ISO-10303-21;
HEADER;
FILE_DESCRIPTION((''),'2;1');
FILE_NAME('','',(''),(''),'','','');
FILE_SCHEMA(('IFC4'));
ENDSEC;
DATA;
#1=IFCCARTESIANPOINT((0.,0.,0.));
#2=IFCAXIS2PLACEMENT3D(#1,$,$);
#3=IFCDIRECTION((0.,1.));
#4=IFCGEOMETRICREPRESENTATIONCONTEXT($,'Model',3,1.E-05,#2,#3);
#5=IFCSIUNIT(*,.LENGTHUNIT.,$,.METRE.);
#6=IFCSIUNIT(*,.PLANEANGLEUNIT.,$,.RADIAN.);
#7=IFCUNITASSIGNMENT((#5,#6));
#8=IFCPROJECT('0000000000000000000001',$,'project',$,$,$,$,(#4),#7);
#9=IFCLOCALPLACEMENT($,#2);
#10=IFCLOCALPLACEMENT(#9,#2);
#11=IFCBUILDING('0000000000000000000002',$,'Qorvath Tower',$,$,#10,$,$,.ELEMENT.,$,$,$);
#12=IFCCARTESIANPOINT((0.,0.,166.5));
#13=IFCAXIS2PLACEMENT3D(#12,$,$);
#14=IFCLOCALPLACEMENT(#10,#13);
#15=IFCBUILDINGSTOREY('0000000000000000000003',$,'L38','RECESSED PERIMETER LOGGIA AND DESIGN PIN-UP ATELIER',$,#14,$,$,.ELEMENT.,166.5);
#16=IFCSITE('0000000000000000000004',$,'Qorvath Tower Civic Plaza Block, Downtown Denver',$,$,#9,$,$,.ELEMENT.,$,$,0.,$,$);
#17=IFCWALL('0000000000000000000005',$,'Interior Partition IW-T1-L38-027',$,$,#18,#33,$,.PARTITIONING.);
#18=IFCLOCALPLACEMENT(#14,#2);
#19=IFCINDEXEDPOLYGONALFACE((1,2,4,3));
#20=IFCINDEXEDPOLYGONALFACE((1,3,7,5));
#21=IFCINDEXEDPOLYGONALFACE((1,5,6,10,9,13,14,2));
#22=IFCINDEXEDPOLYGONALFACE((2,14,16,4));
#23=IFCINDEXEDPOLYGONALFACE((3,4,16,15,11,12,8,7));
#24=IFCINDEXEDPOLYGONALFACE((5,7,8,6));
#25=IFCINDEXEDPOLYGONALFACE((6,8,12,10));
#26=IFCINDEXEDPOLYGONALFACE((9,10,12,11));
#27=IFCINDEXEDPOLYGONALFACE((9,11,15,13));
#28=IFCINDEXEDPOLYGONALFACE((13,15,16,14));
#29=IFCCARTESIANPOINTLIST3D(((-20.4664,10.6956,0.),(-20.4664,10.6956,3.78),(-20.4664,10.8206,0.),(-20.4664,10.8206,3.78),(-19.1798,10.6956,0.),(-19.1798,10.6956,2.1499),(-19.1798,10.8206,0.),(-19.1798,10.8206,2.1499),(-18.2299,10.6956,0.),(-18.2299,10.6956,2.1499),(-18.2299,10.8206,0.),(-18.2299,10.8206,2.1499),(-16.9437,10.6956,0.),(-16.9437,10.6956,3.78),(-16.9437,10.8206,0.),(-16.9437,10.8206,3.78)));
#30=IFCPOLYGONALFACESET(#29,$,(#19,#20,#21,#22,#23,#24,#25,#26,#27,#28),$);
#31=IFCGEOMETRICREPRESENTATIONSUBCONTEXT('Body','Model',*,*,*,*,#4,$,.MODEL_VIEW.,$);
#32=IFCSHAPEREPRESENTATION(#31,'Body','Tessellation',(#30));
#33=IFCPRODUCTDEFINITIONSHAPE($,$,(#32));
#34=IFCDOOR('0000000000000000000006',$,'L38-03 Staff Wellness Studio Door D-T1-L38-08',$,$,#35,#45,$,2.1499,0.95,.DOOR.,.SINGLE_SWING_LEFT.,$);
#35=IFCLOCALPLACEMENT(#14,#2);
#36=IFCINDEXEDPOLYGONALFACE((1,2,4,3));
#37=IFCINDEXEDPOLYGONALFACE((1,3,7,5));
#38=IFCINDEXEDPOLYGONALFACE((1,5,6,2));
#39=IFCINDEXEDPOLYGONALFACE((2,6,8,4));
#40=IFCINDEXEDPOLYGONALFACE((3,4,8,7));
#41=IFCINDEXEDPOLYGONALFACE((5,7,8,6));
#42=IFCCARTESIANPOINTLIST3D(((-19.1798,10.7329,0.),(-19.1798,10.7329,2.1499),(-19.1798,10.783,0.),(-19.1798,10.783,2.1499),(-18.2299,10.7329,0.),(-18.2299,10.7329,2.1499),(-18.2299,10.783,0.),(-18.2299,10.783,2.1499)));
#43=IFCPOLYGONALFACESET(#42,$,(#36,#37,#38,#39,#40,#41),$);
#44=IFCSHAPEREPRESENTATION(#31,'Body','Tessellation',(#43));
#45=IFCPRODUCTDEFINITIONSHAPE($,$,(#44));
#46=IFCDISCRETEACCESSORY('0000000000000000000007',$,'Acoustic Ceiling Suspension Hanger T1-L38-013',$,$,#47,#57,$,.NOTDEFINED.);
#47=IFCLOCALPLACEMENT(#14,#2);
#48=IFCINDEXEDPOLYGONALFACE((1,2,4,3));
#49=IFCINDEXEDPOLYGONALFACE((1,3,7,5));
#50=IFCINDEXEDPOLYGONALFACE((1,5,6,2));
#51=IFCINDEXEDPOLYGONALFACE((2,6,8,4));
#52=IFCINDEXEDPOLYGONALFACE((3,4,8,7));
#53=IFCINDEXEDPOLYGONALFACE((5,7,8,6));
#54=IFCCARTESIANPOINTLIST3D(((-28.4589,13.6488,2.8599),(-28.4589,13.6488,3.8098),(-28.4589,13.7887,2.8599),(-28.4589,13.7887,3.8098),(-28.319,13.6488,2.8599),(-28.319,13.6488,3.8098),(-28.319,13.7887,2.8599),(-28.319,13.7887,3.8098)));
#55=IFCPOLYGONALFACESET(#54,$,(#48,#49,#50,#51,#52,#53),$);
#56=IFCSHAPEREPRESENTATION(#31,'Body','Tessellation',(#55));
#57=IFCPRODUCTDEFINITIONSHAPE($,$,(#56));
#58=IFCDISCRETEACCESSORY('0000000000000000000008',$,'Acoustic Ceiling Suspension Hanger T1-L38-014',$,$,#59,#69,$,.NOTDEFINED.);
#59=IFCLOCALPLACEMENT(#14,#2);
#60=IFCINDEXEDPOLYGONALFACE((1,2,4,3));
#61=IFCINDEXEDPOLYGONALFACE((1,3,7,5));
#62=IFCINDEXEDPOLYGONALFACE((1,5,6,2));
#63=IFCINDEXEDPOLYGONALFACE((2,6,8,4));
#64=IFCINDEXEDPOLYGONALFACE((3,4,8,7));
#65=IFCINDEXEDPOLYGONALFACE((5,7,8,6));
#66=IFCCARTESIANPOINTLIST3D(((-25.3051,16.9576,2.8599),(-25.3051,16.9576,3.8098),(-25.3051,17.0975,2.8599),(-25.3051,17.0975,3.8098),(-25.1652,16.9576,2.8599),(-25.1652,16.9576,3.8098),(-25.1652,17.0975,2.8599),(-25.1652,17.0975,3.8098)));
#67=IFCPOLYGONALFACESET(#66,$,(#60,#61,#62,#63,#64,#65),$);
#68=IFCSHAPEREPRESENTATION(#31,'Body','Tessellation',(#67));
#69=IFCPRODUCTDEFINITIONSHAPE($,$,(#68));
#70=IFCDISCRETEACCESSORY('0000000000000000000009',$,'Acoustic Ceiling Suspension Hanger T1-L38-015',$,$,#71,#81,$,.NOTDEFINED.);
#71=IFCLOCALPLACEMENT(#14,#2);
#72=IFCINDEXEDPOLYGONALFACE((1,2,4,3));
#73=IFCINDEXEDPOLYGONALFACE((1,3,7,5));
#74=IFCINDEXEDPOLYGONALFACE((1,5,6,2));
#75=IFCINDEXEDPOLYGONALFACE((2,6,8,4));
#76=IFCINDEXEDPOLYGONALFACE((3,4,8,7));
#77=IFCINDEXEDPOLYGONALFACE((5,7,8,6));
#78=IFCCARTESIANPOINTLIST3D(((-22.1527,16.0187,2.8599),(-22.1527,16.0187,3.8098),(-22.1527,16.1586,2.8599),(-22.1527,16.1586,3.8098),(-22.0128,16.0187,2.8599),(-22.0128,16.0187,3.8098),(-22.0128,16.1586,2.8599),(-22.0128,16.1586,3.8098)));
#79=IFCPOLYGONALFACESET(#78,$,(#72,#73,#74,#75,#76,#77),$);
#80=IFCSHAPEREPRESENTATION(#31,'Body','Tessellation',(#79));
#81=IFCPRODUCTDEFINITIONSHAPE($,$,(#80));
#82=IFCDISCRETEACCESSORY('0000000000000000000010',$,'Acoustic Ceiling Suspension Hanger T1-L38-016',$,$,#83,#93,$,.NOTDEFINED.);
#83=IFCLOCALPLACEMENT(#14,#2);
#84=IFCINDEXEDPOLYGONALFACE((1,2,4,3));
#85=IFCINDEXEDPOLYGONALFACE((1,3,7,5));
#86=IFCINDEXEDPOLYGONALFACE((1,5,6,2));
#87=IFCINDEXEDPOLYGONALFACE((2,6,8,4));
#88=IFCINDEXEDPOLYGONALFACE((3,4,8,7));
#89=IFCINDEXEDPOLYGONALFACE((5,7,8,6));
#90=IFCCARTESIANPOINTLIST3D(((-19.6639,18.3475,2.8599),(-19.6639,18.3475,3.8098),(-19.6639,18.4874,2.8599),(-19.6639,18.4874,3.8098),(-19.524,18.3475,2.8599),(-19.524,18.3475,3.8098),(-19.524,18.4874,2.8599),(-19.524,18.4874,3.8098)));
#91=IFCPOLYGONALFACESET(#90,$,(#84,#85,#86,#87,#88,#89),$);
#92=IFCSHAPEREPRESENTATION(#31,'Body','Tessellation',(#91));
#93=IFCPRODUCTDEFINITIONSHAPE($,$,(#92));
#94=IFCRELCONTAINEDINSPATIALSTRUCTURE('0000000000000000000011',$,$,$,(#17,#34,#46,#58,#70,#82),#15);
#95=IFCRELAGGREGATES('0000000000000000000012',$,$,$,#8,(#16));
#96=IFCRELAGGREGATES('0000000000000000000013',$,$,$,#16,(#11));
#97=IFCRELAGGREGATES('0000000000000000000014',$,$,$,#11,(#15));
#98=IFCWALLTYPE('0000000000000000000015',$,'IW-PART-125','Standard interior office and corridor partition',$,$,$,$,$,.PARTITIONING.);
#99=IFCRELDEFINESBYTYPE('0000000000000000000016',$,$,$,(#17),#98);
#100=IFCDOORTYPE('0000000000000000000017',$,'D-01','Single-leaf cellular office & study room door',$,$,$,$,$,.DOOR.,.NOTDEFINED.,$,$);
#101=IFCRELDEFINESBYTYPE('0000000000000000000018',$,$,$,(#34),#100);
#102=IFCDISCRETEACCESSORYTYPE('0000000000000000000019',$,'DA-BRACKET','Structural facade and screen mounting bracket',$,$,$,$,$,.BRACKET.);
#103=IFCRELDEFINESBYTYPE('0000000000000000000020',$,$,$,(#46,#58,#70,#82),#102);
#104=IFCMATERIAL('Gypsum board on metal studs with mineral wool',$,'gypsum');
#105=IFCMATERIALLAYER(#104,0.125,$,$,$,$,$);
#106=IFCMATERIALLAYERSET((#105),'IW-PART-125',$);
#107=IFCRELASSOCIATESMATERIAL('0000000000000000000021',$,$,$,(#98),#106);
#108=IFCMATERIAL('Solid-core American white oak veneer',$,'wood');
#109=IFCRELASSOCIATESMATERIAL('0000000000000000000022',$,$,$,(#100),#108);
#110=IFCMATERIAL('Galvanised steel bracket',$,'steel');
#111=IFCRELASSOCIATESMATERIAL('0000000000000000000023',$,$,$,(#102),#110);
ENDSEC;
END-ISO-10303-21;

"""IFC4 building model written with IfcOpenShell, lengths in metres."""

from ifc_helpers import new_model, si_unit, direction, frame, frame_2d, origin, origin_2d, place, context, subcontext, project, spatial, rectangle, extrude, material, layer, layer_set, type_object, element, fill, save


model = new_model("IFC4")

# Units and contexts
model_context = context("Model", 3, precision=1e-05, world=origin(), true_north=direction((0.0, 1.0)))
body_context = subcontext(model_context, "Body", "Model", "MODEL_VIEW")
ifc_project = project(units=[si_unit("LENGTHUNIT", "METRE"), si_unit("PLANEANGLEUNIT", "RADIAN")], contexts=[model_context])

# Site, building, storey
site_placement = place(None, origin())
site = spatial("IfcSite", under=ifc_project, at=site_placement, Name="Qorvath Tower Civic Plaza Block, Downtown Denver", CompositionType="ELEMENT", RefElevation=0.0)
building_placement = place(site_placement, origin())
building = spatial("IfcBuilding", under=site, at=building_placement, Name="Qorvath Tower", CompositionType="ELEMENT")
storey_placement = place(building_placement, frame((0.0, 0.0, 166.5)))
storey = spatial("IfcBuildingStorey", under=building, at=storey_placement, Name="L38", Description="RECESSED PERIMETER LOGGIA AND DESIGN PIN-UP ATELIER", CompositionType="ELEMENT", Elevation=166.5)

# Shared definitions
ifc_material_1 = material(Name="Gypsum board on metal studs with mineral wool", Category="gypsum")
ifc_layer_1 = layer(ifc_material_1, 0.125)
ifc_layer_set_1 = layer_set([ifc_layer_1], Name="IW-PART-125")
wall_type_1 = type_object("IfcWallType", Name="IW-PART-125", Description="Standard interior office and corridor partition", PredefinedType="PARTITIONING", material=ifc_layer_set_1)

# Wall, opening, door
wall_1_placement = place(storey_placement, frame((-20.4663, 10.7581, 0.0), z_axis=(0.0, 0.0, 1.0), x_axis=(1.0, 0.0, 0.0)))
wall_1 = element("IfcWall", 1, at=wall_1_placement, inside=storey, type_object=wall_type_1, Name="Interior Partition IW-T1-L38-027", PredefinedType="PARTITIONING", context=body_context, shape_type="SweptSolid", body=[
    extrude(rectangle(XDim=3.5227, YDim=0.125, at=frame_2d((1.7612, 0.0))), origin(), (0.0, 0.0, 1.0), 3.78),
])
opening_1_placement = place(wall_1_placement, frame((1.2864, 0.0, 0.0)))
opening_1 = element("IfcOpeningElement", 2, at=opening_1_placement, cuts=wall_1, PredefinedType="OPENING", context=body_context, shape_type="SweptSolid", body=[
    extrude(rectangle(XDim=0.95, YDim=2.1499, at=frame_2d((0.4751, 1.075))), frame((0.0, 0.0725, 0.0), z_axis=(0.0, -1.0, 0.0), x_axis=(1.0, 0.0, 0.0)), (0.0, 0.0, 1.0), 0.145),
])
ifc_material_2 = material(Name="Solid-core American white oak veneer", Category="wood")
door_type_1 = type_object("IfcDoorType", Name="D-01", Description="Single-leaf cellular office & study room door", OperationType="NOTDEFINED", PredefinedType="DOOR", material=ifc_material_2)
door_1_placement = place(opening_1_placement, origin())
door_1 = element("IfcDoor", 3, at=door_1_placement, inside=storey, type_object=door_type_1, Name="L38-03 Staff Wellness Studio Door D-T1-L38-08", OperationType="SINGLE_SWING_LEFT", OverallHeight=2.1499, OverallWidth=0.95, PredefinedType="DOOR", context=body_context, shape_type="SweptSolid", body=[
    extrude(rectangle(XDim=0.95, YDim=2.1499, at=frame_2d((0.4751, 1.075))), frame((0.0, 0.0249, 0.0), z_axis=(0.0, -1.0, 0.0), x_axis=(1.0, 0.0, 0.0)), (0.0, 0.0, 1.0), 0.05),
])
fill(opening_1, door_1)

# Discrete accessories
ifc_material_3 = material(Name="Galvanised steel bracket", Category="steel")
discrete_accessory_type = type_object("IfcDiscreteAccessoryType", Name="DA-BRACKET", Description="Structural facade and screen mounting bracket", PredefinedType="BRACKET", material=ifc_material_3)
for number, where, z_axis, x_axis, name in (
    (4, (-28.3889, 13.7188, 2.8599), (0.0, 0.0, 1.0), (1.0, 0.0, 0.0), "Acoustic Ceiling Suspension Hanger T1-L38-013"),
    (5, (-25.2351, 17.0276, 2.8599), (0.0, 0.0, 1.0), (1.0, 0.0, 0.0), "Acoustic Ceiling Suspension Hanger T1-L38-014"),
    (6, (-22.0828, 16.0886, 2.8599), (0.0, 0.0, 1.0), (1.0, 0.0, 0.0), "Acoustic Ceiling Suspension Hanger T1-L38-015"),
    (7, (-19.594, 18.4175, 2.8599), (0.0, 0.0, 1.0), (1.0, 0.0, 0.0), "Acoustic Ceiling Suspension Hanger T1-L38-016"),
):
    element("IfcDiscreteAccessory", number, at=place(storey_placement, frame(where, z_axis=z_axis, x_axis=x_axis)), inside=storey, type_object=discrete_accessory_type, Name=name, PredefinedType="NOTDEFINED", context=body_context, shape_type="SweptSolid", body=[
        extrude(rectangle(XDim=0.1399, YDim=0.1399, at=origin_2d()), origin(), (0.0, 0.0, 1.0), 0.95),
    ])

save(model, "model.ifc")
